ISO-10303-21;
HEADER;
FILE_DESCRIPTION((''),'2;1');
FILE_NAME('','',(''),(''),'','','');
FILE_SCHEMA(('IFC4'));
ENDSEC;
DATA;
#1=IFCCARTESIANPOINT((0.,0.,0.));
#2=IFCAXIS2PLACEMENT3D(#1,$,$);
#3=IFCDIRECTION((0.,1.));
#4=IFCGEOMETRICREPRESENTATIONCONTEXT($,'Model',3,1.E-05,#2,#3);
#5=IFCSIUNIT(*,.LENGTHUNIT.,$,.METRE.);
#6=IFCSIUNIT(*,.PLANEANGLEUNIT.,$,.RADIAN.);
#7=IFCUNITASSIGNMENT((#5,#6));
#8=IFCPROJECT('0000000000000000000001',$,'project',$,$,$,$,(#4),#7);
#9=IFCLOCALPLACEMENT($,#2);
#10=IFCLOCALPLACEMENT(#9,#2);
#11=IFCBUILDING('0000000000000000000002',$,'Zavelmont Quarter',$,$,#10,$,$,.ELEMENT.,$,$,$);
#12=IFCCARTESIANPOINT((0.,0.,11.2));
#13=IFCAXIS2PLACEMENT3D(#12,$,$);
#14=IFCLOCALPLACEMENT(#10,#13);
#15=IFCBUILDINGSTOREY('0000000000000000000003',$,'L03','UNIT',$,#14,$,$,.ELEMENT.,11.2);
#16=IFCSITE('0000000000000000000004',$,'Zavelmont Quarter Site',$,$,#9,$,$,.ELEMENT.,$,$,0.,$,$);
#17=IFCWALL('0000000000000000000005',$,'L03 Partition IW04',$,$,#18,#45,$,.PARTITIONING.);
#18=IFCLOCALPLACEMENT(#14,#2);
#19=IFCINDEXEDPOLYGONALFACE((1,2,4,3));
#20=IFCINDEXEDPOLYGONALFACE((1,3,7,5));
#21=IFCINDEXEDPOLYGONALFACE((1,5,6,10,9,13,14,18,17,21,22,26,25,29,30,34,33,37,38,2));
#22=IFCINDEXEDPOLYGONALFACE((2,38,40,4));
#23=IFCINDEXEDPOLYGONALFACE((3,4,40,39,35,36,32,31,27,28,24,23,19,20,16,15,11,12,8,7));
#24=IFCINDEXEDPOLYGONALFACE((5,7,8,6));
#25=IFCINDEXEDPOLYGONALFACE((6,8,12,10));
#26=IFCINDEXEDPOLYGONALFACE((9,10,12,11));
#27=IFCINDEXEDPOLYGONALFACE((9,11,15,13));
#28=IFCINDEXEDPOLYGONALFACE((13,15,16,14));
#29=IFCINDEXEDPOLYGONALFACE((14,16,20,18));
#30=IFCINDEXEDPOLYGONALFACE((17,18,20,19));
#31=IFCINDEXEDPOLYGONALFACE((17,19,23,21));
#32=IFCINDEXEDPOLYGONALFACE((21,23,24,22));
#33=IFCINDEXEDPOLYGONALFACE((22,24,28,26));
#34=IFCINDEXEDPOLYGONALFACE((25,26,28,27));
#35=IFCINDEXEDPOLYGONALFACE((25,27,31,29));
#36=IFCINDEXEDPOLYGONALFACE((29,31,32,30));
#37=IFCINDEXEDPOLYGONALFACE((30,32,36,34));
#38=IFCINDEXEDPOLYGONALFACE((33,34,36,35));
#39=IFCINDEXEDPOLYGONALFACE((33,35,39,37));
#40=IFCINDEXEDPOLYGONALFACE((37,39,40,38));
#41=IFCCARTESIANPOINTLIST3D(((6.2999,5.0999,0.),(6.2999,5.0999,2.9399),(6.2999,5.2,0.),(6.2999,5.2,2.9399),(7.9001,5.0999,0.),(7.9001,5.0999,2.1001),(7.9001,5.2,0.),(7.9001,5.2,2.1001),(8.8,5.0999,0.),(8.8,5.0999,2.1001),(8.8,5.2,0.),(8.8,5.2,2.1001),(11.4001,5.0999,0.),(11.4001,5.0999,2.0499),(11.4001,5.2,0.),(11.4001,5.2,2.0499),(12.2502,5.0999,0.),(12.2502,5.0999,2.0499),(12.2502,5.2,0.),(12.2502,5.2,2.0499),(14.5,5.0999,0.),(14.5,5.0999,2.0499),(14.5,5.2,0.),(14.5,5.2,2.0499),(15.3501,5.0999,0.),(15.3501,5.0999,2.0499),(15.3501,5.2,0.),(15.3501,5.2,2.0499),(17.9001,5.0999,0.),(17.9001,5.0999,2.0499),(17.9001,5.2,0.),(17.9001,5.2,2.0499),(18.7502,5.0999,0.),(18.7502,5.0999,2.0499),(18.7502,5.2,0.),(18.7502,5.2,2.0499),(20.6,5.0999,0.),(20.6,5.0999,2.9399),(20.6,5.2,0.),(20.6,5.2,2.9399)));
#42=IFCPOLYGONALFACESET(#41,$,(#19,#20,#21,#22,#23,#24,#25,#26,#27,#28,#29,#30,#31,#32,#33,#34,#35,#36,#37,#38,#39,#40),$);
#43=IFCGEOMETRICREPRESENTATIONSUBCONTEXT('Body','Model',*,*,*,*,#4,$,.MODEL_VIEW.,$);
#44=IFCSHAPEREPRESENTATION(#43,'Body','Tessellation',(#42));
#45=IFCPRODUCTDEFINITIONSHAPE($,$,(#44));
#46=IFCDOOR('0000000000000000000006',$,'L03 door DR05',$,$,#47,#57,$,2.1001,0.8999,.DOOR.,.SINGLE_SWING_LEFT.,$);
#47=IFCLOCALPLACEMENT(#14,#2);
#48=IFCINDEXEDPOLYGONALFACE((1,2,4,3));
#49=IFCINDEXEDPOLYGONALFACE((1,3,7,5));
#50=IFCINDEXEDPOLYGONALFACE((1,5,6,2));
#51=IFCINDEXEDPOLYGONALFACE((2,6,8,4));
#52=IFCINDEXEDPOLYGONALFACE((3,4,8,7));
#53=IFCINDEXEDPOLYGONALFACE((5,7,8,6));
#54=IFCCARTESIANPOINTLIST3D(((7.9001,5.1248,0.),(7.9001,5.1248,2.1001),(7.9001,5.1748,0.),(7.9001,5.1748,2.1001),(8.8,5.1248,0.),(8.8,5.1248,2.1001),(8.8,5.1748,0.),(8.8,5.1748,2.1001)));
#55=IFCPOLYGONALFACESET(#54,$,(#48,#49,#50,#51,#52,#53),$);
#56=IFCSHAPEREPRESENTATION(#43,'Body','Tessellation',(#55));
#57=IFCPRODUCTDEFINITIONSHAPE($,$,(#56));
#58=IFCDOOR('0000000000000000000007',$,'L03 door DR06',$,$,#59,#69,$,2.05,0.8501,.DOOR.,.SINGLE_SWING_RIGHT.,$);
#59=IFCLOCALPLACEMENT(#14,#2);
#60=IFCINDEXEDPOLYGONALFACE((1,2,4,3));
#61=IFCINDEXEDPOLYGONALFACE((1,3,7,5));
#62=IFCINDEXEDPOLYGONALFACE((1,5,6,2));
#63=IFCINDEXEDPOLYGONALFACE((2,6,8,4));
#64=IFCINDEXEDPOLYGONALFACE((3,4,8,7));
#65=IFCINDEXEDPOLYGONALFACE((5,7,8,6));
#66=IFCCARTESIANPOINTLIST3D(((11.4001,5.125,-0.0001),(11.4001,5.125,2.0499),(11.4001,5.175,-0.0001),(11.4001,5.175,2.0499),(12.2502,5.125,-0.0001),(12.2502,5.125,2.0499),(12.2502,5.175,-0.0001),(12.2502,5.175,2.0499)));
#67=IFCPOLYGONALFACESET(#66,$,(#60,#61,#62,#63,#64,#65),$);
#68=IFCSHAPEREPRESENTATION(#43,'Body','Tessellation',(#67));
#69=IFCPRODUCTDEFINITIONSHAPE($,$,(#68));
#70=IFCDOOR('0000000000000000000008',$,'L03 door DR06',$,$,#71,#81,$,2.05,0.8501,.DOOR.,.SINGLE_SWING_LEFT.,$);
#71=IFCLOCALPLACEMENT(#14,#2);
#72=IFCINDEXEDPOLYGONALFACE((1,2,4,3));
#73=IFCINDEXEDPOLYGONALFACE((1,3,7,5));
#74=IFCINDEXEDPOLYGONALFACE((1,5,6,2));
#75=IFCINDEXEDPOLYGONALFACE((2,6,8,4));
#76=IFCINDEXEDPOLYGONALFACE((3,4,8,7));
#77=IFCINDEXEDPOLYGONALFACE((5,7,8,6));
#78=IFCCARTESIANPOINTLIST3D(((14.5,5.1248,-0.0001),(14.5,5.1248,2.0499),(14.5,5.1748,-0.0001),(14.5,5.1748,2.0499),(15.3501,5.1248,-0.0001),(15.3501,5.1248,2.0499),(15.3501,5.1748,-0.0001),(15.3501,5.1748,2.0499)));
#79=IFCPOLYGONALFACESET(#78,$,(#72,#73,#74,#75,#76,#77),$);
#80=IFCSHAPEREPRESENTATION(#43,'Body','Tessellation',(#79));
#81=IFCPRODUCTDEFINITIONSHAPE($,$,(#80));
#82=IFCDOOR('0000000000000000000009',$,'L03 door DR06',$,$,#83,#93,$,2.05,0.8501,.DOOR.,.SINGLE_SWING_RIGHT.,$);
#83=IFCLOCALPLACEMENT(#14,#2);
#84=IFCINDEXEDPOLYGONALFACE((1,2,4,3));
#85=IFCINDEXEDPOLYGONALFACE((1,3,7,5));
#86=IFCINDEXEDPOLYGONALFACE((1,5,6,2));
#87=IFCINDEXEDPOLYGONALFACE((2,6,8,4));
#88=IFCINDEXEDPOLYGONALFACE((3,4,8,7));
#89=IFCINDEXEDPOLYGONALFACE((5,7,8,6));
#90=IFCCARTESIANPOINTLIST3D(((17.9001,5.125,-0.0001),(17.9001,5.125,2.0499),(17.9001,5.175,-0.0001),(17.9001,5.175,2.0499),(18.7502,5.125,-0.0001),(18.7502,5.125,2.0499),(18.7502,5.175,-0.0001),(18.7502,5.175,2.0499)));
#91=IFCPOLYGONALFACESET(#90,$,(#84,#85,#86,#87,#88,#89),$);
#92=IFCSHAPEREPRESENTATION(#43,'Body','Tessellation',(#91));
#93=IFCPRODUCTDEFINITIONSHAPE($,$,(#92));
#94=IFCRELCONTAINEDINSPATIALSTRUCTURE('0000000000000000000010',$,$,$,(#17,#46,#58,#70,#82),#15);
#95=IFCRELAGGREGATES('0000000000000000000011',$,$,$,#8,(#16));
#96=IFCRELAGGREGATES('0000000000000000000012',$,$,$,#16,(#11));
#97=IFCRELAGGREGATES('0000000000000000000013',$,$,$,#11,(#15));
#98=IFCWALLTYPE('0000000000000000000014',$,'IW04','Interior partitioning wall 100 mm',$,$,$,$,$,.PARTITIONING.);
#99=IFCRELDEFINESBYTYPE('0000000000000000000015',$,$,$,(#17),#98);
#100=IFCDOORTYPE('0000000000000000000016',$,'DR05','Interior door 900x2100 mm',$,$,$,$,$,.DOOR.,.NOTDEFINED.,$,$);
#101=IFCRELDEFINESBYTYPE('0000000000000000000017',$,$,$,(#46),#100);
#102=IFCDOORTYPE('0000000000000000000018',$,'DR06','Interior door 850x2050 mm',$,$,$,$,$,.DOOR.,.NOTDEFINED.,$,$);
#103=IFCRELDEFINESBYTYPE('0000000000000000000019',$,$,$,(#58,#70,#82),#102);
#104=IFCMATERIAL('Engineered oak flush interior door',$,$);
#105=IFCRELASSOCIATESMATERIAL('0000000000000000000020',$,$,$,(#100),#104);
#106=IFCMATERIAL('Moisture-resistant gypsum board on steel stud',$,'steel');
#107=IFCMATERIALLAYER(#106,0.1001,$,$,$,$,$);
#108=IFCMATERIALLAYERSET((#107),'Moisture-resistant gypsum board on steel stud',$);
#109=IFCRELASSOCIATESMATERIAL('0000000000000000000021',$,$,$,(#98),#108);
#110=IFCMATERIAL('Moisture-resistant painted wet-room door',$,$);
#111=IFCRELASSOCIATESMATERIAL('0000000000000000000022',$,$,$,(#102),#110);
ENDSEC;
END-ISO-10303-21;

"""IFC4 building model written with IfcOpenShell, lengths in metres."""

from ifc_helpers import new_model, si_unit, direction, frame, frame_2d, origin, origin_with_axes, place, context, subcontext, project, spatial, rectangle, extrude, material, layer, layer_set, type_object, element, fill, save


model = new_model("IFC4")

# Units and contexts
model_context = context("Model", 3, precision=1e-05, world=origin(), true_north=direction((0.0, 1.0)))
body_context = subcontext(model_context, "Body", "Model", "MODEL_VIEW")
ifc_project = project(units=[si_unit("LENGTHUNIT", "METRE"), si_unit("PLANEANGLEUNIT", "RADIAN")], contexts=[model_context])

# Site, building, storey
site_placement = place(None, origin())
site = spatial("IfcSite", under=ifc_project, at=site_placement, Name="Zavelmont Quarter Site", CompositionType="ELEMENT", RefElevation=0.0)
building_placement = place(site_placement, origin())
building = spatial("IfcBuilding", under=site, at=building_placement, Name="Zavelmont Quarter", CompositionType="ELEMENT")
storey_placement = place(building_placement, frame((0.0, 0.0, 11.2)))
storey = spatial("IfcBuildingStorey", under=building, at=storey_placement, Name="L03", Description="UNIT", CompositionType="ELEMENT", Elevation=11.2)

# Shared definitions
ifc_material_1 = material(Name="Engineered oak flush interior door")
door_type_1 = type_object("IfcDoorType", Name="DR05", Description="Interior door 900x2100 mm", OperationType="NOTDEFINED", PredefinedType="DOOR", material=ifc_material_1)

# Shared definitions
ifc_material_2 = material(Name="Moisture-resistant gypsum board on steel stud", Category="steel")
ifc_layer_1 = layer(ifc_material_2, 0.1001)
ifc_layer_set_1 = layer_set([ifc_layer_1], Name="Moisture-resistant gypsum board on steel stud")
wall_type_1 = type_object("IfcWallType", Name="IW04", Description="Interior partitioning wall 100 mm", PredefinedType="PARTITIONING", material=ifc_layer_set_1)

# Wall, openings, doors
wall_1_placement = place(storey_placement, frame((6.3, 5.1499, 0.0), z_axis=(0.0, 0.0, 1.0), x_axis=(1.0, 0.0, 0.0)))
wall_1 = element("IfcWall", 1, at=wall_1_placement, inside=storey, type_object=wall_type_1, Name="L03 Partition IW04", PredefinedType="PARTITIONING", context=body_context, shape_type="SweptSolid", body=[
    extrude(rectangle(XDim=14.3, YDim=0.1001, at=frame_2d((7.1499, 0.0))), origin(), (0.0, 0.0, 1.0), 2.9399),
])
opening_1_placement = place(wall_1_placement, frame((1.6001, 0.0, 0.0)))
opening_1 = element("IfcOpeningElement", 2, at=opening_1_placement, cuts=wall_1, PredefinedType="OPENING", context=body_context, shape_type="SweptSolid", body=[
    extrude(rectangle(XDim=0.8999, YDim=2.1001, at=frame_2d((0.45, 1.05))), frame((0.0, 0.062, 0.0), z_axis=(0.0, -1.0, 0.0), x_axis=(1.0, 0.0, 0.0)), (0.0, 0.0, 1.0), 0.124),
])
opening_2_placement = place(wall_1_placement, frame((5.1001, 0.0, 0.0)))
opening_2 = element("IfcOpeningElement", 3, at=opening_2_placement, cuts=wall_1, PredefinedType="OPENING", context=body_context, shape_type="SweptSolid", body=[
    extrude(rectangle(XDim=0.8501, YDim=2.05, at=frame_2d((0.425, 1.0249))), frame((0.0, 0.062, 0.0), z_axis=(0.0, -1.0, 0.0), x_axis=(1.0, 0.0, 0.0)), (0.0, 0.0, 1.0), 0.124),
])
opening_3_placement = place(wall_1_placement, frame((8.2, 0.0, 0.0)))
opening_3 = element("IfcOpeningElement", 4, at=opening_3_placement, cuts=wall_1, PredefinedType="OPENING", context=body_context, shape_type="SweptSolid", body=[
    extrude(rectangle(XDim=0.8501, YDim=2.05, at=frame_2d((0.425, 1.0249))), frame((0.0, 0.062, 0.0), z_axis=(0.0, -1.0, 0.0), x_axis=(1.0, 0.0, 0.0)), (0.0, 0.0, 1.0), 0.124),
])
opening_4_placement = place(wall_1_placement, frame((11.6001, 0.0, 0.0)))
opening_4 = element("IfcOpeningElement", 5, at=opening_4_placement, cuts=wall_1, PredefinedType="OPENING", context=body_context, shape_type="SweptSolid", body=[
    extrude(rectangle(XDim=0.8501, YDim=2.05, at=frame_2d((0.425, 1.0249))), frame((0.0, 0.062, 0.0), z_axis=(0.0, -1.0, 0.0), x_axis=(1.0, 0.0, 0.0)), (0.0, 0.0, 1.0), 0.124),
])
door_1_placement = place(opening_1_placement, origin_with_axes())
door_1 = element("IfcDoor", 6, at=door_1_placement, inside=storey, type_object=door_type_1, Name="L03 door DR05", OperationType="SINGLE_SWING_LEFT", OverallHeight=2.1001, OverallWidth=0.8999, PredefinedType="DOOR", context=body_context, shape_type="SweptSolid", body=[
    extrude(rectangle(XDim=0.8999, YDim=2.1001, at=frame_2d((0.45, 1.05))), frame((0.0, 0.0249, 0.0), z_axis=(0.0, -1.0, 0.0), x_axis=(1.0, 0.0, 0.0)), (0.0, 0.0, 1.0), 0.05),
])
fill(opening_1, door_1)
ifc_material_3 = material(Name="Moisture-resistant painted wet-room door")
door_type_2 = type_object("IfcDoorType", Name="DR06", Description="Interior door 850x2050 mm", OperationType="NOTDEFINED", PredefinedType="DOOR", material=ifc_material_3)
door_2_placement = place(opening_2_placement, frame((0.8501, 0.0, 0.0), z_axis=(0.0, 0.0, 1.0), x_axis=(-1.0, 0.0, 0.0)))
door_2 = element("IfcDoor", 7, at=door_2_placement, inside=storey, type_object=door_type_2, Name="L03 door DR06", OperationType="SINGLE_SWING_RIGHT", OverallHeight=2.05, OverallWidth=0.8501, PredefinedType="DOOR", context=body_context, shape_type="SweptSolid", body=[
    extrude(rectangle(XDim=0.8501, YDim=2.05, at=frame_2d((0.425, 1.0249))), frame((0.0, 0.0249, 0.0), z_axis=(0.0, -1.0, 0.0), x_axis=(1.0, 0.0, 0.0)), (0.0, 0.0, 1.0), 0.05),
])
fill(opening_2, door_2)
door_3_placement = place(opening_3_placement, origin_with_axes())
door_3 = element("IfcDoor", 8, at=door_3_placement, inside=storey, type_object=door_type_2, Name="L03 door DR06", OperationType="SINGLE_SWING_LEFT", OverallHeight=2.05, OverallWidth=0.8501, PredefinedType="DOOR", context=body_context, shape_type="SweptSolid", body=[
    extrude(rectangle(XDim=0.8501, YDim=2.05, at=frame_2d((0.425, 1.0249))), frame((0.0, 0.0249, 0.0), z_axis=(0.0, -1.0, 0.0), x_axis=(1.0, 0.0, 0.0)), (0.0, 0.0, 1.0), 0.05),
])
fill(opening_3, door_3)
door_4_placement = place(opening_4_placement, frame((0.8501, 0.0, 0.0), z_axis=(0.0, 0.0, 1.0), x_axis=(-1.0, 0.0, 0.0)))
door_4 = element("IfcDoor", 9, at=door_4_placement, inside=storey, type_object=door_type_2, Name="L03 door DR06", OperationType="SINGLE_SWING_RIGHT", OverallHeight=2.05, OverallWidth=0.8501, PredefinedType="DOOR", context=body_context, shape_type="SweptSolid", body=[
    extrude(rectangle(XDim=0.8501, YDim=2.05, at=frame_2d((0.425, 1.0249))), frame((0.0, 0.0249, 0.0), z_axis=(0.0, -1.0, 0.0), x_axis=(1.0, 0.0, 0.0)), (0.0, 0.0, 1.0), 0.05),
])
fill(opening_4, door_4)

save(model, "model.ifc")
